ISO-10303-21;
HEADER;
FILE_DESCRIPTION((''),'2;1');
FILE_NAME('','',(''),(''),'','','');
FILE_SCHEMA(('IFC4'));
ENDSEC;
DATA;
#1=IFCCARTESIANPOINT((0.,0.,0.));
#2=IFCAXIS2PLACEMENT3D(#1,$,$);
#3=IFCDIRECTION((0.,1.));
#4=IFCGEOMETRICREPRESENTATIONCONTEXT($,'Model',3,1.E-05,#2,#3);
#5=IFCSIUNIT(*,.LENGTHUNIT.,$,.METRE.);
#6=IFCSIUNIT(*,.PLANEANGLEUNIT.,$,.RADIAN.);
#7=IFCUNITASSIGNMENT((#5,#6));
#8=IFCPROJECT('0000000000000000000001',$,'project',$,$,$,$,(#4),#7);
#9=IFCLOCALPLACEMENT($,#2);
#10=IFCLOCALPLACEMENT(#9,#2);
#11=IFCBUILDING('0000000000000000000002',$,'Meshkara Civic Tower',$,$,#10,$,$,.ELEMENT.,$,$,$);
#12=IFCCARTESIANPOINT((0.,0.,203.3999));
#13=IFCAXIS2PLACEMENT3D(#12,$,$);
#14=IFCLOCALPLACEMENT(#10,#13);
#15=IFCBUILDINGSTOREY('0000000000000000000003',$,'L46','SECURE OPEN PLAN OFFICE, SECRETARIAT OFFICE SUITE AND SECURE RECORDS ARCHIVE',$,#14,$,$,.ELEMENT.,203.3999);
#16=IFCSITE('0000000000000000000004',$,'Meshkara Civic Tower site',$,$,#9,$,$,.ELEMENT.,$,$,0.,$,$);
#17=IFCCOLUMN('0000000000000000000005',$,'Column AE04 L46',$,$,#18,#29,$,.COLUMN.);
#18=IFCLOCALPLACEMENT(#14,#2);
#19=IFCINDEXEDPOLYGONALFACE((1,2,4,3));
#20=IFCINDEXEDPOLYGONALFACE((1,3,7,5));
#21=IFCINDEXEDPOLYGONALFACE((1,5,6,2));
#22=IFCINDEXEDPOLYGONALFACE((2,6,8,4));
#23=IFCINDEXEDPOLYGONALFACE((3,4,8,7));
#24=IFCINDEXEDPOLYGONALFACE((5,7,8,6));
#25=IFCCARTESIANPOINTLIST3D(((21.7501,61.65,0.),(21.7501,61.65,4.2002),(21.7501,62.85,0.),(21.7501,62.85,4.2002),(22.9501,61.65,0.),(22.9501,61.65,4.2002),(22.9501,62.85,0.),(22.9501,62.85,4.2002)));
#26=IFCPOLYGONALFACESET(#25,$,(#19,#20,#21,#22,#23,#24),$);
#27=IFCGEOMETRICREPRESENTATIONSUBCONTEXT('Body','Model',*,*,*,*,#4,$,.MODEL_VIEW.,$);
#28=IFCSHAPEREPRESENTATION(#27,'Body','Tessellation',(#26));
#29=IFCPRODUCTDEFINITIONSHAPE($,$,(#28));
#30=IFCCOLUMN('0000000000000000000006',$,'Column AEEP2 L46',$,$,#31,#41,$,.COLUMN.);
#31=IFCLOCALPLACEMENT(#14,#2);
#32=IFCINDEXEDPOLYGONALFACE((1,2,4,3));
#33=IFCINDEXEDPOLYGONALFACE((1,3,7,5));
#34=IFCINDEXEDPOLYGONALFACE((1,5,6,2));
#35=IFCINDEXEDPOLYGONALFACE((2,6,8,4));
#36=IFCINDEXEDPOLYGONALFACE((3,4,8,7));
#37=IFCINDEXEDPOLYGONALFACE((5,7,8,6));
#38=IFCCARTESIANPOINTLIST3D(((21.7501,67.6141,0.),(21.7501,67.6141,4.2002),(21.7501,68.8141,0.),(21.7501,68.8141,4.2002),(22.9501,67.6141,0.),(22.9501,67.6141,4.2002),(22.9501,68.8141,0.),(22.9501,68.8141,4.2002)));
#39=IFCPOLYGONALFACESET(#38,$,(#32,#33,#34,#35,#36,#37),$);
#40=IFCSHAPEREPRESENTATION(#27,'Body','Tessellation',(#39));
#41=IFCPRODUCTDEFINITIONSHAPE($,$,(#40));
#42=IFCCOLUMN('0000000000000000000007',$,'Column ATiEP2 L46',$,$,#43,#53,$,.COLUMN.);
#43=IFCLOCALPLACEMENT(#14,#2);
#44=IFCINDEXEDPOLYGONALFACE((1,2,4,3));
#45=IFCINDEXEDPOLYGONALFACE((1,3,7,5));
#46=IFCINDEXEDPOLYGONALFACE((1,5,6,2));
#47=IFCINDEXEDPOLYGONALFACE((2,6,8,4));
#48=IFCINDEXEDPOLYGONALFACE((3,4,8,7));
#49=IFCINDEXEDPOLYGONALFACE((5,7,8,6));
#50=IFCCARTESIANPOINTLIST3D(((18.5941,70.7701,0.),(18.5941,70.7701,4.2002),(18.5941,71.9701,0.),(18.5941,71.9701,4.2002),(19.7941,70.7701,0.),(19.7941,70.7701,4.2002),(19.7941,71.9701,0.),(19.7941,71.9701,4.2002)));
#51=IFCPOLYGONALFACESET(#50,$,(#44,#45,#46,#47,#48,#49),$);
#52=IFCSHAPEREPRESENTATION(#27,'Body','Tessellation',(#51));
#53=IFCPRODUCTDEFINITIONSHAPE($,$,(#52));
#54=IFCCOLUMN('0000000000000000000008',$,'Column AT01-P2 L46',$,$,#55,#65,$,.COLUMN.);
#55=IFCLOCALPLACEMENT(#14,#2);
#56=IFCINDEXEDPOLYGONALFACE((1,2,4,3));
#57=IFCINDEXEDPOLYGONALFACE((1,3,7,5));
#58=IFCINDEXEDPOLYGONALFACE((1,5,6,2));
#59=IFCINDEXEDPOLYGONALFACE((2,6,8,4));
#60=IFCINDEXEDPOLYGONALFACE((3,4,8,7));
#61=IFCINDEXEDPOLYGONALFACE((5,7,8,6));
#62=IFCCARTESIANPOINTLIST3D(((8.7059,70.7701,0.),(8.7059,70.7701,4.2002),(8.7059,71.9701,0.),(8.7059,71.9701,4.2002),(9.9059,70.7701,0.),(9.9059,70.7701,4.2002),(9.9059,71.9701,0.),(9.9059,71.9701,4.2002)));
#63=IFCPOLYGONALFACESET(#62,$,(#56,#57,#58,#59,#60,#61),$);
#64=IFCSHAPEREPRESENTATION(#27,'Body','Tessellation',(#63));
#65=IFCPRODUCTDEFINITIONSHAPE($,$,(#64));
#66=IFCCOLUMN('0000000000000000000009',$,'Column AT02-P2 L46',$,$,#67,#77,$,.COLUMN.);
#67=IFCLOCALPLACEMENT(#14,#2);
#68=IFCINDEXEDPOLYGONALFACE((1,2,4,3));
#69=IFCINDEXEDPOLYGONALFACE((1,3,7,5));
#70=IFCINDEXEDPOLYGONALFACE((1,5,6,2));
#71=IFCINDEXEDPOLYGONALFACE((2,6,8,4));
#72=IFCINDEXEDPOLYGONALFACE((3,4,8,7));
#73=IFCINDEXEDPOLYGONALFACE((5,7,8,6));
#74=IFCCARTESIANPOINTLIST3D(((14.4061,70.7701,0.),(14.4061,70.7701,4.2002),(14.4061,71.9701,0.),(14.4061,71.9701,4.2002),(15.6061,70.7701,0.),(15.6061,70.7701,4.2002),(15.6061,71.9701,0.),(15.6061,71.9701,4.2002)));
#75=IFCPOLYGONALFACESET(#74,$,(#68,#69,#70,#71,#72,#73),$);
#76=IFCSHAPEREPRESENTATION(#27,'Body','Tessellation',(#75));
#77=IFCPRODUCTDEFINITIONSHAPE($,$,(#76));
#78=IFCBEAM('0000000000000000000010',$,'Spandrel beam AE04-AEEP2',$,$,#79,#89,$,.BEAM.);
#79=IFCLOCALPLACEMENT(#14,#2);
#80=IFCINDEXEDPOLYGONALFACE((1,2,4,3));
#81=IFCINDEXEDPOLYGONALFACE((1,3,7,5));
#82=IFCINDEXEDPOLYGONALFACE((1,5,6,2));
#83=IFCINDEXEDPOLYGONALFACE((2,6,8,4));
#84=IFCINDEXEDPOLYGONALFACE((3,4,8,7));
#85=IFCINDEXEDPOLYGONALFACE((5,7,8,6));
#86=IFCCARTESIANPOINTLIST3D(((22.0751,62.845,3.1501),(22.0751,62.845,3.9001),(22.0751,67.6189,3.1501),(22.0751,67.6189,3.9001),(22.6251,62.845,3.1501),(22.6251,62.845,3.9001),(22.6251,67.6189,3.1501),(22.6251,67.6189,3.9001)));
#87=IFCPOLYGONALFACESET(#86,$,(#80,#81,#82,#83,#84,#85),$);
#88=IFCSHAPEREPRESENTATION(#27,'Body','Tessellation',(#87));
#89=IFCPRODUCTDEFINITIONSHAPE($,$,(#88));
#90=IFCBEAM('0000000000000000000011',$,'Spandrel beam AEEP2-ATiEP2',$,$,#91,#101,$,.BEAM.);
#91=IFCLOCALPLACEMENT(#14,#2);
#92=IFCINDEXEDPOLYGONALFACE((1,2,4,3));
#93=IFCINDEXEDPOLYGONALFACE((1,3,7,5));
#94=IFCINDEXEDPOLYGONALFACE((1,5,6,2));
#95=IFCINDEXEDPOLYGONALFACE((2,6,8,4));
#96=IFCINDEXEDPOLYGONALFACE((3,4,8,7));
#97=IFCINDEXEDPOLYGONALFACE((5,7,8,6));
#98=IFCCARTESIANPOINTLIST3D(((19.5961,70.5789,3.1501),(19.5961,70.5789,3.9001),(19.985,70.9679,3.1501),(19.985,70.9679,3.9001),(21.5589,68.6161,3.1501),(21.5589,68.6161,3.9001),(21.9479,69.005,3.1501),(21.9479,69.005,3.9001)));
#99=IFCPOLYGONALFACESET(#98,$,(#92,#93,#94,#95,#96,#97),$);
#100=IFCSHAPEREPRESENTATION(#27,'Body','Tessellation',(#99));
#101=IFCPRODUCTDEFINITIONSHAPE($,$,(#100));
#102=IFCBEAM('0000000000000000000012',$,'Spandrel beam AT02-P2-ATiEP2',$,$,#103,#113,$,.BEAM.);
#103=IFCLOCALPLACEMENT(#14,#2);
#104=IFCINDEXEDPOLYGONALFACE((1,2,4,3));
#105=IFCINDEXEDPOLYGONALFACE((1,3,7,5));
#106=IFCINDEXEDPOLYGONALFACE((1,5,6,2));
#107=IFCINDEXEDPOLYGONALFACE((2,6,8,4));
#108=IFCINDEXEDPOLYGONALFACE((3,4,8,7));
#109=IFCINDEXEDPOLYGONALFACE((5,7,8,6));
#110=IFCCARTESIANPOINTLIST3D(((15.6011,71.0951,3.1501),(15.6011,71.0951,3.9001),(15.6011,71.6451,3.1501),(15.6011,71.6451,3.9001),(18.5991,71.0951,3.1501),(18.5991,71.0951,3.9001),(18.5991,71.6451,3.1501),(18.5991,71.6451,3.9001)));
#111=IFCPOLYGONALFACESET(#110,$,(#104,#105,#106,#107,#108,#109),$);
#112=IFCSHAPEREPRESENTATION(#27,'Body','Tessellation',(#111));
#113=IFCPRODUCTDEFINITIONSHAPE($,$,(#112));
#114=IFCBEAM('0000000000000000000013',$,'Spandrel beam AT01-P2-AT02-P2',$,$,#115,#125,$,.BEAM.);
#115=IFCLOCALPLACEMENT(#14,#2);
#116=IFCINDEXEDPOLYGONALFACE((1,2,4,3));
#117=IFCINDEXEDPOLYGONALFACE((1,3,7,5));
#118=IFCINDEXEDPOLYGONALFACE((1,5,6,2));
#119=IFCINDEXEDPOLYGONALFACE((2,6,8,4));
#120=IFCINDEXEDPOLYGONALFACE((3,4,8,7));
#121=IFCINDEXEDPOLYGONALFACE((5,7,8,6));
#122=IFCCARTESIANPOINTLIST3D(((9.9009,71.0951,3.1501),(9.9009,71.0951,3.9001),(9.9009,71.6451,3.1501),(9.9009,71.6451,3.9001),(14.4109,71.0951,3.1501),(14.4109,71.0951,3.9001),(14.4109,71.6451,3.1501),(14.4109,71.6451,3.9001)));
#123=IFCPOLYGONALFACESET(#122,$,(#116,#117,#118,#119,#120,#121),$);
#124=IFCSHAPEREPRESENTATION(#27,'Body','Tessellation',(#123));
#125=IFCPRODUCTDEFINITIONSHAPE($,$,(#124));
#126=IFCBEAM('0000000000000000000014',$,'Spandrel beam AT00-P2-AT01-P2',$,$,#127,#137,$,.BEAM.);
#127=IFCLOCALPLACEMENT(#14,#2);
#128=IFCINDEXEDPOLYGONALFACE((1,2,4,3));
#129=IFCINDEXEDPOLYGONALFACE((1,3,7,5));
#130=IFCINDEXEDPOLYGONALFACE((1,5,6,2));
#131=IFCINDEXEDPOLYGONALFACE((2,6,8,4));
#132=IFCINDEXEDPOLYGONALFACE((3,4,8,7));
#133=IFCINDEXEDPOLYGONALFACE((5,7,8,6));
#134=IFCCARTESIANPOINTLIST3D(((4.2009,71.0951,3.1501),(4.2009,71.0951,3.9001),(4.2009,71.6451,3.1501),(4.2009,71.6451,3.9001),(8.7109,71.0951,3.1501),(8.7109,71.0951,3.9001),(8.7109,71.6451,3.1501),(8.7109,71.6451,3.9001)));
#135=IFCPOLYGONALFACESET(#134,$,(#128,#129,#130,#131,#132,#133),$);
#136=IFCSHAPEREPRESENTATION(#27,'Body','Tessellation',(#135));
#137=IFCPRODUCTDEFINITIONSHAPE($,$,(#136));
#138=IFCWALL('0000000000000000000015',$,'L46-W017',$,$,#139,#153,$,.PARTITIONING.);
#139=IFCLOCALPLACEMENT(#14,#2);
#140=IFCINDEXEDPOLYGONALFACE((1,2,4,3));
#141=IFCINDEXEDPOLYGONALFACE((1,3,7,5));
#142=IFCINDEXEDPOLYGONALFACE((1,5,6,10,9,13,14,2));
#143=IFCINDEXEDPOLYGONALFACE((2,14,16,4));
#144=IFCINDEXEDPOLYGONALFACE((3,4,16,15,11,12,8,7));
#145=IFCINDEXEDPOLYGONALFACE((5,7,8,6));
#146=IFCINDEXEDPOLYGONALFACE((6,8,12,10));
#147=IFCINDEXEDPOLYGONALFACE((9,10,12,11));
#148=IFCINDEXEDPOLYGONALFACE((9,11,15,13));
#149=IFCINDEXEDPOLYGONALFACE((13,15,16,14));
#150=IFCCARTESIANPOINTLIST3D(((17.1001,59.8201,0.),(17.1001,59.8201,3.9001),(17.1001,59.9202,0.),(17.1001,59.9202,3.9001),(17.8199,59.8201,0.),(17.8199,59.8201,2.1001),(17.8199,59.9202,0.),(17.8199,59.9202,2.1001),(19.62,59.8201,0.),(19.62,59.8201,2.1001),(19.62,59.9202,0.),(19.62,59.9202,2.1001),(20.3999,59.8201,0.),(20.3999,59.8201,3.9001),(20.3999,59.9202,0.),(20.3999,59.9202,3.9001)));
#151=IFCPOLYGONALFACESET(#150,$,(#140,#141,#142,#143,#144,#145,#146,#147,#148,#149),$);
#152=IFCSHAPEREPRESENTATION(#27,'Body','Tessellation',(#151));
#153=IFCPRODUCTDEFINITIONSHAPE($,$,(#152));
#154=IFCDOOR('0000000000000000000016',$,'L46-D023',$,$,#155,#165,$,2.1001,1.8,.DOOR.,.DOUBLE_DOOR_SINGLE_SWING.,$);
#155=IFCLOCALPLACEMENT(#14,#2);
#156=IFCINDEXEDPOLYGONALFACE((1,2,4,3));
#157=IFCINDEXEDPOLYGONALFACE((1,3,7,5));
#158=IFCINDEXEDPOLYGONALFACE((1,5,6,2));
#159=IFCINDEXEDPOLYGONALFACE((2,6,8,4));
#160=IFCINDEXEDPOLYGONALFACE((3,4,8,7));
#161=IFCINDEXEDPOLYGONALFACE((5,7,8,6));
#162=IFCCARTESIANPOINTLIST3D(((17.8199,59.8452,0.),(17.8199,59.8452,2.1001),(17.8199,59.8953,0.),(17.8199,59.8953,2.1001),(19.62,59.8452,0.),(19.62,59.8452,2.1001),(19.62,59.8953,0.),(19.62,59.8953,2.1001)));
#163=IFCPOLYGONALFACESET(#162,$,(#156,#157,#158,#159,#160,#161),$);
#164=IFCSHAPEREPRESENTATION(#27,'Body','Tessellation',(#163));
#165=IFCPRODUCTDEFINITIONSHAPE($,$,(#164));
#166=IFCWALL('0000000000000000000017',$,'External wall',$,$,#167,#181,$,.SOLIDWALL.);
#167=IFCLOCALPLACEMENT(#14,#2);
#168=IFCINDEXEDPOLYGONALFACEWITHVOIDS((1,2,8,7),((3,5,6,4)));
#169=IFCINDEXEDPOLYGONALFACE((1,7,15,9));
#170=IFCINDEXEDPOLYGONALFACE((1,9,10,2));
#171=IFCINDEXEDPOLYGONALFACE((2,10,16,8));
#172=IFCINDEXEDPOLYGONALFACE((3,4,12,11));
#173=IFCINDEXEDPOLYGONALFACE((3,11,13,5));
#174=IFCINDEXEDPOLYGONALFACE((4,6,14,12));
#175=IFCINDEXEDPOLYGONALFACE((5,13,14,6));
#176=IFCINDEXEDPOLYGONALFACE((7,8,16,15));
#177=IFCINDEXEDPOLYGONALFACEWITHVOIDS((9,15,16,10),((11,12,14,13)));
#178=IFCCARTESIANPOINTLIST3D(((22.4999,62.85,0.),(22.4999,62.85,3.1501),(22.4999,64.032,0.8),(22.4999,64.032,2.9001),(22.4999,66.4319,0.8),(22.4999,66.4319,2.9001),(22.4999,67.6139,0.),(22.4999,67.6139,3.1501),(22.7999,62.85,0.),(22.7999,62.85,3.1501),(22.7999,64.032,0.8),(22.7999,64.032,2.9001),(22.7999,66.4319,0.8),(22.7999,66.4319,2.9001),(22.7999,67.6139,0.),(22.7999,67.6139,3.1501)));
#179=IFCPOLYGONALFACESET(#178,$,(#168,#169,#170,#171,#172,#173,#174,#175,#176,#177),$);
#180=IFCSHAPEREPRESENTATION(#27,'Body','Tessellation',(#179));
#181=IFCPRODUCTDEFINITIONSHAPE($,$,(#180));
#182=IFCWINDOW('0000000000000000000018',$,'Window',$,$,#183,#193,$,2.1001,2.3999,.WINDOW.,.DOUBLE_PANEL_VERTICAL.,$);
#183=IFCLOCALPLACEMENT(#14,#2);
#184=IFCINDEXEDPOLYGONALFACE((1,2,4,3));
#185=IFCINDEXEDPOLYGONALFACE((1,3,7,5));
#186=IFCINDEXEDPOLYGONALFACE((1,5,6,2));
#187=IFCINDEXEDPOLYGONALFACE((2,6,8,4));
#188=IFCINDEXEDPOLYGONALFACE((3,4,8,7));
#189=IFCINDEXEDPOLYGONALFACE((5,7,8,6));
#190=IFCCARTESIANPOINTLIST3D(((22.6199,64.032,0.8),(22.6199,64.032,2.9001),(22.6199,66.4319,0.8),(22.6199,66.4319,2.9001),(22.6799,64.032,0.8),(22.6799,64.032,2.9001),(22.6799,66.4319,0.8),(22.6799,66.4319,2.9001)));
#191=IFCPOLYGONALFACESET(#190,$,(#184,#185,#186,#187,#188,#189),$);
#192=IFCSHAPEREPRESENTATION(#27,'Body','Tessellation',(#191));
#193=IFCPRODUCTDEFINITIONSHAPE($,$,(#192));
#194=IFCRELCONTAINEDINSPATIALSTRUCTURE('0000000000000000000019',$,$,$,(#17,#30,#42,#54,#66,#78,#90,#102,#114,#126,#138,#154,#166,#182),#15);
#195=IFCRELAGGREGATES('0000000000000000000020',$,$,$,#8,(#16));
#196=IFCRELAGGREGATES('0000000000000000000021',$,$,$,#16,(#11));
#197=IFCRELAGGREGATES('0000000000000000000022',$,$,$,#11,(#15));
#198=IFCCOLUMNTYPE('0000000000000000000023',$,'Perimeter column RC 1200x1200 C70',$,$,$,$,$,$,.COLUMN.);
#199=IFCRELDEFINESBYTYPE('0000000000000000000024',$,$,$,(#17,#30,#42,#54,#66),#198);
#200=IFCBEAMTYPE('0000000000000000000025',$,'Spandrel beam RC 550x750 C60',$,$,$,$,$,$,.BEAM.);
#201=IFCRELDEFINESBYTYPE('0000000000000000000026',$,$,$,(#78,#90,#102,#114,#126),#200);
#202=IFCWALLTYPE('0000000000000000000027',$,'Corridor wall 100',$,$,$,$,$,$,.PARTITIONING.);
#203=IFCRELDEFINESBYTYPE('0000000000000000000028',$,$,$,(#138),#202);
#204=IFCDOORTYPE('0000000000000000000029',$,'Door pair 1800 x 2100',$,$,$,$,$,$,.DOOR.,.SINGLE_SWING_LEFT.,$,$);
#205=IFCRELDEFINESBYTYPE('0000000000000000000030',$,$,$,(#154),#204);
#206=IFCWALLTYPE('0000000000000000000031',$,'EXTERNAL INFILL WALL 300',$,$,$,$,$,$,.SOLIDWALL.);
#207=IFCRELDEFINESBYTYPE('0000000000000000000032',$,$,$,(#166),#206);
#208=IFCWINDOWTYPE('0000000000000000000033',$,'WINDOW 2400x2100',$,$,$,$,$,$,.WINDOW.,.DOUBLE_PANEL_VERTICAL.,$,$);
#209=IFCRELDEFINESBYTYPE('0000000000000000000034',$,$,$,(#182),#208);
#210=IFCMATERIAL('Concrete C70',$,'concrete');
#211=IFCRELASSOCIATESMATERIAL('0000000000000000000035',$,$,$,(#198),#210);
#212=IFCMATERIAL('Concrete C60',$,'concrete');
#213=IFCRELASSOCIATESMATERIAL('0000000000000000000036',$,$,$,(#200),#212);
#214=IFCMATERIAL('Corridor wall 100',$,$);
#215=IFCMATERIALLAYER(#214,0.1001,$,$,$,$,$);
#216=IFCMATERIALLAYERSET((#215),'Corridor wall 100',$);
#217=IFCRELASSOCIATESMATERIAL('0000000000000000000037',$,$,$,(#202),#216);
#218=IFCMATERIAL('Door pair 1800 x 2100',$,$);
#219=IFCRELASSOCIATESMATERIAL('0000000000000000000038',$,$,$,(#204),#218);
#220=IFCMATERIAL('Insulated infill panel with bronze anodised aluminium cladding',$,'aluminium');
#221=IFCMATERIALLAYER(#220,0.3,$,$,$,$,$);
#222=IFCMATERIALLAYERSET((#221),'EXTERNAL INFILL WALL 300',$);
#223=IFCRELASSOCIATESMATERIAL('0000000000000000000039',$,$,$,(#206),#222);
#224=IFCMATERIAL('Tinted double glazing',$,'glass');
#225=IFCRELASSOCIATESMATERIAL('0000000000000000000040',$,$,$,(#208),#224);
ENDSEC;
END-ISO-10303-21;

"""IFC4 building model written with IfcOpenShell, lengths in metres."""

from ifc_helpers import new_model, si_unit, direction, frame, frame_2d, origin, origin_2d, place, context, subcontext, project, spatial, rectangle, extrude, material, layer, layer_set, material_profile, profile_set, type_object, element, fill, save


model = new_model("IFC4")

# Units and contexts
model_context = context("Model", 3, precision=1e-05, world=origin(), true_north=direction((0.0, 1.0)))
body_context = subcontext(model_context, "Body", "Model", "MODEL_VIEW")
ifc_project = project(units=[si_unit("LENGTHUNIT", "METRE"), si_unit("PLANEANGLEUNIT", "RADIAN")], contexts=[model_context])

# Site, building, storey
site_placement = place(None, origin())
site = spatial("IfcSite", under=ifc_project, at=site_placement, Name="Meshkara Civic Tower site", CompositionType="ELEMENT", RefElevation=0.0)
building_placement = place(site_placement, origin())
building = spatial("IfcBuilding", under=site, at=building_placement, Name="Meshkara Civic Tower", CompositionType="ELEMENT")
storey_placement = place(building_placement, frame((0.0, 0.0, 203.3999)))
storey = spatial("IfcBuildingStorey", under=building, at=storey_placement, Name="L46", Description="SECURE OPEN PLAN OFFICE, SECRETARIAT OFFICE SUITE AND SECURE RECORDS ARCHIVE", CompositionType="ELEMENT", Elevation=203.3999)

# Columns
ifc_material_1 = material(Name="Concrete C70", Category="concrete")
ifc_material_profile_1 = material_profile(ifc_material_1, rectangle(XDim=1.2, YDim=1.2, at=origin_2d()))
ifc_profile_set_1 = profile_set([ifc_material_profile_1], Name="Concrete C70")
column_type = type_object("IfcColumnType", Name="Perimeter column RC 1200x1200 C70", PredefinedType="COLUMN", material=ifc_profile_set_1)
for number, where, z_axis, x_axis, name in (
    (1, (22.3501, 62.25, 0.0), (0.0, 0.0, 1.0), (1.0, 0.0, 0.0), "Column AE04 L46"),
    (2, (22.3501, 68.2141, 0.0), (0.0, 0.0, 1.0), (1.0, 0.0, 0.0), "Column AEEP2 L46"),
    (3, (19.1941, 71.3701, 0.0), (0.0, 0.0, 1.0), (1.0, 0.0, 0.0), "Column ATiEP2 L46"),
    (4, (9.3059, 71.3701, 0.0), (0.0, 0.0, 1.0), (1.0, 0.0, 0.0), "Column AT01-P2 L46"),
    (5, (15.0061, 71.3701, 0.0), (0.0, 0.0, 1.0), (1.0, 0.0, 0.0), "Column AT02-P2 L46"),
):
    element("IfcColumn", number, at=place(storey_placement, frame(where, z_axis=z_axis, x_axis=x_axis)), inside=storey, type_object=column_type, Name=name, PredefinedType="COLUMN", context=body_context, shape_type="SweptSolid", body=[
        extrude(rectangle(XDim=1.2, YDim=1.2, at=origin_2d()), origin(), (0.0, 0.0, 1.0), 4.2002),
    ])

# Beams
ifc_material_2 = material(Name="Concrete C60", Category="concrete")
ifc_material_profile_2 = material_profile(ifc_material_2, rectangle(XDim=0.55, YDim=0.75, at=origin_2d()))
ifc_profile_set_2 = profile_set([ifc_material_profile_2], Name="Concrete C60")
beam_type = type_object("IfcBeamType", Name="Spandrel beam RC 550x750 C60", PredefinedType="BEAM", material=ifc_profile_set_2)
beam_1_placement = place(storey_placement, frame((22.3501, 62.845, 3.5251), z_axis=(0.0, 1.0, 0.0), x_axis=(-1.0, 0.0, 0.0)))
element("IfcBeam", 6, at=beam_1_placement, inside=storey, type_object=beam_type, Name="Spandrel beam AE04-AEEP2", PredefinedType="BEAM", context=body_context, shape_type="SweptSolid", body=[
    extrude(rectangle(XDim=0.55, YDim=0.75, at=origin_2d()), origin(), (0.0, 0.0, 1.0), 4.7739),
])
beam_2_placement = place(storey_placement, frame((21.7534, 68.8105, 3.5251), z_axis=(-0.707107, 0.707107, 0.0), x_axis=(-0.707107, -0.707107, 0.0)))
element("IfcBeam", 7, at=beam_2_placement, inside=storey, type_object=beam_type, Name="Spandrel beam AEEP2-ATiEP2", PredefinedType="BEAM", context=body_context, shape_type="SweptSolid", body=[
    extrude(rectangle(XDim=0.55, YDim=0.75, at=origin_2d()), origin(), (0.0, 0.0, 1.0), 2.7759),
])
beam_3_placement = place(storey_placement, frame((18.5991, 71.3701, 3.5251), z_axis=(-1.0, 0.0, 0.0), x_axis=(0.0, -1.0, 0.0)))
element("IfcBeam", 8, at=beam_3_placement, inside=storey, type_object=beam_type, Name="Spandrel beam AT02-P2-ATiEP2", PredefinedType="BEAM", context=body_context, shape_type="SweptSolid", body=[
    extrude(rectangle(XDim=0.55, YDim=0.75, at=origin_2d()), origin(), (0.0, 0.0, 1.0), 2.998),
])
for number, where, z_axis, x_axis, name in (
    (9, (14.4109, 71.3701, 3.5251), (-1.0, 0.0, 0.0), (0.0, -1.0, 0.0), "Spandrel beam AT01-P2-AT02-P2"),
    (10, (8.7109, 71.3701, 3.5251), (-1.0, 0.0, 0.0), (0.0, -1.0, 0.0), "Spandrel beam AT00-P2-AT01-P2"),
):
    element("IfcBeam", number, at=place(storey_placement, frame(where, z_axis=z_axis, x_axis=x_axis)), inside=storey, type_object=beam_type, Name=name, PredefinedType="BEAM", context=body_context, shape_type="SweptSolid", body=[
        extrude(rectangle(XDim=0.55, YDim=0.75, at=origin_2d()), origin(), (0.0, 0.0, 1.0), 4.51),
    ])

# Wall, opening, door
ifc_material_3 = material(Name="Corridor wall 100")
ifc_layer_1 = layer(ifc_material_3, 0.1001)
ifc_layer_set_1 = layer_set([ifc_layer_1], Name="Corridor wall 100")
wall_type_1 = type_object("IfcWallType", Name="Corridor wall 100", PredefinedType="PARTITIONING", material=ifc_layer_set_1)
wall_1_placement = place(storey_placement, frame((20.3999, 59.8701, 0.0), z_axis=(0.0, 0.0, 1.0), x_axis=(-1.0, 0.0, 0.0)))
wall_1 = element("IfcWall", 11, at=wall_1_placement, inside=storey, type_object=wall_type_1, Name="L46-W017", PredefinedType="PARTITIONING", context=body_context, shape_type="SweptSolid", body=[
    extrude(rectangle(XDim=3.2998, YDim=0.1001, at=frame_2d((1.6499, 0.0))), origin(), (0.0, 0.0, 1.0), 3.9001),
])
opening_1_placement = place(wall_1_placement, frame((0.78, 0.0, 0.0)))
opening_1 = element("IfcOpeningElement", 12, at=opening_1_placement, cuts=wall_1, PredefinedType="OPENING", context=body_context, shape_type="SweptSolid", body=[
    extrude(rectangle(XDim=1.8, YDim=2.1001, at=frame_2d((0.8999, 1.05))), frame((0.0, 0.0601, 0.0), z_axis=(0.0, -1.0, 0.0), x_axis=(1.0, 0.0, 0.0)), (0.0, 0.0, 1.0), 0.1201),
])
ifc_material_4 = material(Name="Door pair 1800 x 2100")
door_type_1 = type_object("IfcDoorType", Name="Door pair 1800 x 2100", OperationType="SINGLE_SWING_LEFT", PredefinedType="DOOR", material=ifc_material_4)
door_1_placement = place(opening_1_placement, origin())
door_1 = element("IfcDoor", 13, at=door_1_placement, inside=storey, type_object=door_type_1, Name="L46-D023", OperationType="DOUBLE_DOOR_SINGLE_SWING", OverallHeight=2.1001, OverallWidth=1.8, PredefinedType="DOOR", context=body_context, shape_type="SweptSolid", body=[
    extrude(rectangle(XDim=1.8, YDim=2.1001, at=frame_2d((0.8999, 1.05))), frame((0.0, 0.0249, 0.0), z_axis=(0.0, -1.0, 0.0), x_axis=(1.0, 0.0, 0.0)), (0.0, 0.0, 1.0), 0.05),
])
fill(opening_1, door_1)

# Wall, opening, window
ifc_material_5 = material(Name="Insulated infill panel with bronze anodised aluminium cladding", Category="aluminium")
ifc_layer_2 = layer(ifc_material_5, 0.3)
ifc_layer_set_2 = layer_set([ifc_layer_2], Name="EXTERNAL INFILL WALL 300")
wall_type_2 = type_object("IfcWallType", Name="EXTERNAL INFILL WALL 300", PredefinedType="SOLIDWALL", material=ifc_layer_set_2)
wall_2_placement = place(storey_placement, frame((22.6499, 62.8501, 0.0), z_axis=(0.0, 0.0, 1.0), x_axis=(0.0, 1.0, 0.0)))
wall_2 = element("IfcWall", 14, at=wall_2_placement, inside=storey, type_object=wall_type_2, Name="External wall", PredefinedType="SOLIDWALL", context=body_context, shape_type="SweptSolid", body=[
    extrude(rectangle(XDim=4.7639, YDim=0.3, at=frame_2d((2.3818, 0.0))), origin(), (0.0, 0.0, 1.0), 3.1501),
])
opening_2_placement = place(wall_2_placement, frame((1.1819, 0.0, 0.8)))
opening_2 = element("IfcOpeningElement", 15, at=opening_2_placement, cuts=wall_2, PredefinedType="OPENING", context=body_context, shape_type="SweptSolid", body=[
    extrude(rectangle(XDim=2.3999, YDim=2.1001, at=frame_2d((1.2, 1.05))), frame((0.0, 0.1599, 0.0), z_axis=(0.0, -1.0, 0.0), x_axis=(1.0, 0.0, 0.0)), (0.0, 0.0, 1.0), 0.3201),
])
ifc_material_6 = material(Name="Tinted double glazing", Category="glass")
window_type_1 = type_object("IfcWindowType", Name="WINDOW 2400x2100", PartitioningType="DOUBLE_PANEL_VERTICAL", PredefinedType="WINDOW", material=ifc_material_6)
window_1_placement = place(opening_2_placement, origin())
window_1 = element("IfcWindow", 16, at=window_1_placement, inside=storey, type_object=window_type_1, Name="Window", OverallHeight=2.1001, OverallWidth=2.3999, PartitioningType="DOUBLE_PANEL_VERTICAL", PredefinedType="WINDOW", context=body_context, shape_type="SweptSolid", body=[
    extrude(rectangle(XDim=2.3999, YDim=2.1001, at=frame_2d((1.2, 1.05))), frame((0.0, 0.03, 0.0), z_axis=(0.0, -1.0, 0.0), x_axis=(1.0, 0.0, 0.0)), (0.0, 0.0, 1.0), 0.0601),
])
fill(opening_2, window_1)

save(model, "model.ifc")
